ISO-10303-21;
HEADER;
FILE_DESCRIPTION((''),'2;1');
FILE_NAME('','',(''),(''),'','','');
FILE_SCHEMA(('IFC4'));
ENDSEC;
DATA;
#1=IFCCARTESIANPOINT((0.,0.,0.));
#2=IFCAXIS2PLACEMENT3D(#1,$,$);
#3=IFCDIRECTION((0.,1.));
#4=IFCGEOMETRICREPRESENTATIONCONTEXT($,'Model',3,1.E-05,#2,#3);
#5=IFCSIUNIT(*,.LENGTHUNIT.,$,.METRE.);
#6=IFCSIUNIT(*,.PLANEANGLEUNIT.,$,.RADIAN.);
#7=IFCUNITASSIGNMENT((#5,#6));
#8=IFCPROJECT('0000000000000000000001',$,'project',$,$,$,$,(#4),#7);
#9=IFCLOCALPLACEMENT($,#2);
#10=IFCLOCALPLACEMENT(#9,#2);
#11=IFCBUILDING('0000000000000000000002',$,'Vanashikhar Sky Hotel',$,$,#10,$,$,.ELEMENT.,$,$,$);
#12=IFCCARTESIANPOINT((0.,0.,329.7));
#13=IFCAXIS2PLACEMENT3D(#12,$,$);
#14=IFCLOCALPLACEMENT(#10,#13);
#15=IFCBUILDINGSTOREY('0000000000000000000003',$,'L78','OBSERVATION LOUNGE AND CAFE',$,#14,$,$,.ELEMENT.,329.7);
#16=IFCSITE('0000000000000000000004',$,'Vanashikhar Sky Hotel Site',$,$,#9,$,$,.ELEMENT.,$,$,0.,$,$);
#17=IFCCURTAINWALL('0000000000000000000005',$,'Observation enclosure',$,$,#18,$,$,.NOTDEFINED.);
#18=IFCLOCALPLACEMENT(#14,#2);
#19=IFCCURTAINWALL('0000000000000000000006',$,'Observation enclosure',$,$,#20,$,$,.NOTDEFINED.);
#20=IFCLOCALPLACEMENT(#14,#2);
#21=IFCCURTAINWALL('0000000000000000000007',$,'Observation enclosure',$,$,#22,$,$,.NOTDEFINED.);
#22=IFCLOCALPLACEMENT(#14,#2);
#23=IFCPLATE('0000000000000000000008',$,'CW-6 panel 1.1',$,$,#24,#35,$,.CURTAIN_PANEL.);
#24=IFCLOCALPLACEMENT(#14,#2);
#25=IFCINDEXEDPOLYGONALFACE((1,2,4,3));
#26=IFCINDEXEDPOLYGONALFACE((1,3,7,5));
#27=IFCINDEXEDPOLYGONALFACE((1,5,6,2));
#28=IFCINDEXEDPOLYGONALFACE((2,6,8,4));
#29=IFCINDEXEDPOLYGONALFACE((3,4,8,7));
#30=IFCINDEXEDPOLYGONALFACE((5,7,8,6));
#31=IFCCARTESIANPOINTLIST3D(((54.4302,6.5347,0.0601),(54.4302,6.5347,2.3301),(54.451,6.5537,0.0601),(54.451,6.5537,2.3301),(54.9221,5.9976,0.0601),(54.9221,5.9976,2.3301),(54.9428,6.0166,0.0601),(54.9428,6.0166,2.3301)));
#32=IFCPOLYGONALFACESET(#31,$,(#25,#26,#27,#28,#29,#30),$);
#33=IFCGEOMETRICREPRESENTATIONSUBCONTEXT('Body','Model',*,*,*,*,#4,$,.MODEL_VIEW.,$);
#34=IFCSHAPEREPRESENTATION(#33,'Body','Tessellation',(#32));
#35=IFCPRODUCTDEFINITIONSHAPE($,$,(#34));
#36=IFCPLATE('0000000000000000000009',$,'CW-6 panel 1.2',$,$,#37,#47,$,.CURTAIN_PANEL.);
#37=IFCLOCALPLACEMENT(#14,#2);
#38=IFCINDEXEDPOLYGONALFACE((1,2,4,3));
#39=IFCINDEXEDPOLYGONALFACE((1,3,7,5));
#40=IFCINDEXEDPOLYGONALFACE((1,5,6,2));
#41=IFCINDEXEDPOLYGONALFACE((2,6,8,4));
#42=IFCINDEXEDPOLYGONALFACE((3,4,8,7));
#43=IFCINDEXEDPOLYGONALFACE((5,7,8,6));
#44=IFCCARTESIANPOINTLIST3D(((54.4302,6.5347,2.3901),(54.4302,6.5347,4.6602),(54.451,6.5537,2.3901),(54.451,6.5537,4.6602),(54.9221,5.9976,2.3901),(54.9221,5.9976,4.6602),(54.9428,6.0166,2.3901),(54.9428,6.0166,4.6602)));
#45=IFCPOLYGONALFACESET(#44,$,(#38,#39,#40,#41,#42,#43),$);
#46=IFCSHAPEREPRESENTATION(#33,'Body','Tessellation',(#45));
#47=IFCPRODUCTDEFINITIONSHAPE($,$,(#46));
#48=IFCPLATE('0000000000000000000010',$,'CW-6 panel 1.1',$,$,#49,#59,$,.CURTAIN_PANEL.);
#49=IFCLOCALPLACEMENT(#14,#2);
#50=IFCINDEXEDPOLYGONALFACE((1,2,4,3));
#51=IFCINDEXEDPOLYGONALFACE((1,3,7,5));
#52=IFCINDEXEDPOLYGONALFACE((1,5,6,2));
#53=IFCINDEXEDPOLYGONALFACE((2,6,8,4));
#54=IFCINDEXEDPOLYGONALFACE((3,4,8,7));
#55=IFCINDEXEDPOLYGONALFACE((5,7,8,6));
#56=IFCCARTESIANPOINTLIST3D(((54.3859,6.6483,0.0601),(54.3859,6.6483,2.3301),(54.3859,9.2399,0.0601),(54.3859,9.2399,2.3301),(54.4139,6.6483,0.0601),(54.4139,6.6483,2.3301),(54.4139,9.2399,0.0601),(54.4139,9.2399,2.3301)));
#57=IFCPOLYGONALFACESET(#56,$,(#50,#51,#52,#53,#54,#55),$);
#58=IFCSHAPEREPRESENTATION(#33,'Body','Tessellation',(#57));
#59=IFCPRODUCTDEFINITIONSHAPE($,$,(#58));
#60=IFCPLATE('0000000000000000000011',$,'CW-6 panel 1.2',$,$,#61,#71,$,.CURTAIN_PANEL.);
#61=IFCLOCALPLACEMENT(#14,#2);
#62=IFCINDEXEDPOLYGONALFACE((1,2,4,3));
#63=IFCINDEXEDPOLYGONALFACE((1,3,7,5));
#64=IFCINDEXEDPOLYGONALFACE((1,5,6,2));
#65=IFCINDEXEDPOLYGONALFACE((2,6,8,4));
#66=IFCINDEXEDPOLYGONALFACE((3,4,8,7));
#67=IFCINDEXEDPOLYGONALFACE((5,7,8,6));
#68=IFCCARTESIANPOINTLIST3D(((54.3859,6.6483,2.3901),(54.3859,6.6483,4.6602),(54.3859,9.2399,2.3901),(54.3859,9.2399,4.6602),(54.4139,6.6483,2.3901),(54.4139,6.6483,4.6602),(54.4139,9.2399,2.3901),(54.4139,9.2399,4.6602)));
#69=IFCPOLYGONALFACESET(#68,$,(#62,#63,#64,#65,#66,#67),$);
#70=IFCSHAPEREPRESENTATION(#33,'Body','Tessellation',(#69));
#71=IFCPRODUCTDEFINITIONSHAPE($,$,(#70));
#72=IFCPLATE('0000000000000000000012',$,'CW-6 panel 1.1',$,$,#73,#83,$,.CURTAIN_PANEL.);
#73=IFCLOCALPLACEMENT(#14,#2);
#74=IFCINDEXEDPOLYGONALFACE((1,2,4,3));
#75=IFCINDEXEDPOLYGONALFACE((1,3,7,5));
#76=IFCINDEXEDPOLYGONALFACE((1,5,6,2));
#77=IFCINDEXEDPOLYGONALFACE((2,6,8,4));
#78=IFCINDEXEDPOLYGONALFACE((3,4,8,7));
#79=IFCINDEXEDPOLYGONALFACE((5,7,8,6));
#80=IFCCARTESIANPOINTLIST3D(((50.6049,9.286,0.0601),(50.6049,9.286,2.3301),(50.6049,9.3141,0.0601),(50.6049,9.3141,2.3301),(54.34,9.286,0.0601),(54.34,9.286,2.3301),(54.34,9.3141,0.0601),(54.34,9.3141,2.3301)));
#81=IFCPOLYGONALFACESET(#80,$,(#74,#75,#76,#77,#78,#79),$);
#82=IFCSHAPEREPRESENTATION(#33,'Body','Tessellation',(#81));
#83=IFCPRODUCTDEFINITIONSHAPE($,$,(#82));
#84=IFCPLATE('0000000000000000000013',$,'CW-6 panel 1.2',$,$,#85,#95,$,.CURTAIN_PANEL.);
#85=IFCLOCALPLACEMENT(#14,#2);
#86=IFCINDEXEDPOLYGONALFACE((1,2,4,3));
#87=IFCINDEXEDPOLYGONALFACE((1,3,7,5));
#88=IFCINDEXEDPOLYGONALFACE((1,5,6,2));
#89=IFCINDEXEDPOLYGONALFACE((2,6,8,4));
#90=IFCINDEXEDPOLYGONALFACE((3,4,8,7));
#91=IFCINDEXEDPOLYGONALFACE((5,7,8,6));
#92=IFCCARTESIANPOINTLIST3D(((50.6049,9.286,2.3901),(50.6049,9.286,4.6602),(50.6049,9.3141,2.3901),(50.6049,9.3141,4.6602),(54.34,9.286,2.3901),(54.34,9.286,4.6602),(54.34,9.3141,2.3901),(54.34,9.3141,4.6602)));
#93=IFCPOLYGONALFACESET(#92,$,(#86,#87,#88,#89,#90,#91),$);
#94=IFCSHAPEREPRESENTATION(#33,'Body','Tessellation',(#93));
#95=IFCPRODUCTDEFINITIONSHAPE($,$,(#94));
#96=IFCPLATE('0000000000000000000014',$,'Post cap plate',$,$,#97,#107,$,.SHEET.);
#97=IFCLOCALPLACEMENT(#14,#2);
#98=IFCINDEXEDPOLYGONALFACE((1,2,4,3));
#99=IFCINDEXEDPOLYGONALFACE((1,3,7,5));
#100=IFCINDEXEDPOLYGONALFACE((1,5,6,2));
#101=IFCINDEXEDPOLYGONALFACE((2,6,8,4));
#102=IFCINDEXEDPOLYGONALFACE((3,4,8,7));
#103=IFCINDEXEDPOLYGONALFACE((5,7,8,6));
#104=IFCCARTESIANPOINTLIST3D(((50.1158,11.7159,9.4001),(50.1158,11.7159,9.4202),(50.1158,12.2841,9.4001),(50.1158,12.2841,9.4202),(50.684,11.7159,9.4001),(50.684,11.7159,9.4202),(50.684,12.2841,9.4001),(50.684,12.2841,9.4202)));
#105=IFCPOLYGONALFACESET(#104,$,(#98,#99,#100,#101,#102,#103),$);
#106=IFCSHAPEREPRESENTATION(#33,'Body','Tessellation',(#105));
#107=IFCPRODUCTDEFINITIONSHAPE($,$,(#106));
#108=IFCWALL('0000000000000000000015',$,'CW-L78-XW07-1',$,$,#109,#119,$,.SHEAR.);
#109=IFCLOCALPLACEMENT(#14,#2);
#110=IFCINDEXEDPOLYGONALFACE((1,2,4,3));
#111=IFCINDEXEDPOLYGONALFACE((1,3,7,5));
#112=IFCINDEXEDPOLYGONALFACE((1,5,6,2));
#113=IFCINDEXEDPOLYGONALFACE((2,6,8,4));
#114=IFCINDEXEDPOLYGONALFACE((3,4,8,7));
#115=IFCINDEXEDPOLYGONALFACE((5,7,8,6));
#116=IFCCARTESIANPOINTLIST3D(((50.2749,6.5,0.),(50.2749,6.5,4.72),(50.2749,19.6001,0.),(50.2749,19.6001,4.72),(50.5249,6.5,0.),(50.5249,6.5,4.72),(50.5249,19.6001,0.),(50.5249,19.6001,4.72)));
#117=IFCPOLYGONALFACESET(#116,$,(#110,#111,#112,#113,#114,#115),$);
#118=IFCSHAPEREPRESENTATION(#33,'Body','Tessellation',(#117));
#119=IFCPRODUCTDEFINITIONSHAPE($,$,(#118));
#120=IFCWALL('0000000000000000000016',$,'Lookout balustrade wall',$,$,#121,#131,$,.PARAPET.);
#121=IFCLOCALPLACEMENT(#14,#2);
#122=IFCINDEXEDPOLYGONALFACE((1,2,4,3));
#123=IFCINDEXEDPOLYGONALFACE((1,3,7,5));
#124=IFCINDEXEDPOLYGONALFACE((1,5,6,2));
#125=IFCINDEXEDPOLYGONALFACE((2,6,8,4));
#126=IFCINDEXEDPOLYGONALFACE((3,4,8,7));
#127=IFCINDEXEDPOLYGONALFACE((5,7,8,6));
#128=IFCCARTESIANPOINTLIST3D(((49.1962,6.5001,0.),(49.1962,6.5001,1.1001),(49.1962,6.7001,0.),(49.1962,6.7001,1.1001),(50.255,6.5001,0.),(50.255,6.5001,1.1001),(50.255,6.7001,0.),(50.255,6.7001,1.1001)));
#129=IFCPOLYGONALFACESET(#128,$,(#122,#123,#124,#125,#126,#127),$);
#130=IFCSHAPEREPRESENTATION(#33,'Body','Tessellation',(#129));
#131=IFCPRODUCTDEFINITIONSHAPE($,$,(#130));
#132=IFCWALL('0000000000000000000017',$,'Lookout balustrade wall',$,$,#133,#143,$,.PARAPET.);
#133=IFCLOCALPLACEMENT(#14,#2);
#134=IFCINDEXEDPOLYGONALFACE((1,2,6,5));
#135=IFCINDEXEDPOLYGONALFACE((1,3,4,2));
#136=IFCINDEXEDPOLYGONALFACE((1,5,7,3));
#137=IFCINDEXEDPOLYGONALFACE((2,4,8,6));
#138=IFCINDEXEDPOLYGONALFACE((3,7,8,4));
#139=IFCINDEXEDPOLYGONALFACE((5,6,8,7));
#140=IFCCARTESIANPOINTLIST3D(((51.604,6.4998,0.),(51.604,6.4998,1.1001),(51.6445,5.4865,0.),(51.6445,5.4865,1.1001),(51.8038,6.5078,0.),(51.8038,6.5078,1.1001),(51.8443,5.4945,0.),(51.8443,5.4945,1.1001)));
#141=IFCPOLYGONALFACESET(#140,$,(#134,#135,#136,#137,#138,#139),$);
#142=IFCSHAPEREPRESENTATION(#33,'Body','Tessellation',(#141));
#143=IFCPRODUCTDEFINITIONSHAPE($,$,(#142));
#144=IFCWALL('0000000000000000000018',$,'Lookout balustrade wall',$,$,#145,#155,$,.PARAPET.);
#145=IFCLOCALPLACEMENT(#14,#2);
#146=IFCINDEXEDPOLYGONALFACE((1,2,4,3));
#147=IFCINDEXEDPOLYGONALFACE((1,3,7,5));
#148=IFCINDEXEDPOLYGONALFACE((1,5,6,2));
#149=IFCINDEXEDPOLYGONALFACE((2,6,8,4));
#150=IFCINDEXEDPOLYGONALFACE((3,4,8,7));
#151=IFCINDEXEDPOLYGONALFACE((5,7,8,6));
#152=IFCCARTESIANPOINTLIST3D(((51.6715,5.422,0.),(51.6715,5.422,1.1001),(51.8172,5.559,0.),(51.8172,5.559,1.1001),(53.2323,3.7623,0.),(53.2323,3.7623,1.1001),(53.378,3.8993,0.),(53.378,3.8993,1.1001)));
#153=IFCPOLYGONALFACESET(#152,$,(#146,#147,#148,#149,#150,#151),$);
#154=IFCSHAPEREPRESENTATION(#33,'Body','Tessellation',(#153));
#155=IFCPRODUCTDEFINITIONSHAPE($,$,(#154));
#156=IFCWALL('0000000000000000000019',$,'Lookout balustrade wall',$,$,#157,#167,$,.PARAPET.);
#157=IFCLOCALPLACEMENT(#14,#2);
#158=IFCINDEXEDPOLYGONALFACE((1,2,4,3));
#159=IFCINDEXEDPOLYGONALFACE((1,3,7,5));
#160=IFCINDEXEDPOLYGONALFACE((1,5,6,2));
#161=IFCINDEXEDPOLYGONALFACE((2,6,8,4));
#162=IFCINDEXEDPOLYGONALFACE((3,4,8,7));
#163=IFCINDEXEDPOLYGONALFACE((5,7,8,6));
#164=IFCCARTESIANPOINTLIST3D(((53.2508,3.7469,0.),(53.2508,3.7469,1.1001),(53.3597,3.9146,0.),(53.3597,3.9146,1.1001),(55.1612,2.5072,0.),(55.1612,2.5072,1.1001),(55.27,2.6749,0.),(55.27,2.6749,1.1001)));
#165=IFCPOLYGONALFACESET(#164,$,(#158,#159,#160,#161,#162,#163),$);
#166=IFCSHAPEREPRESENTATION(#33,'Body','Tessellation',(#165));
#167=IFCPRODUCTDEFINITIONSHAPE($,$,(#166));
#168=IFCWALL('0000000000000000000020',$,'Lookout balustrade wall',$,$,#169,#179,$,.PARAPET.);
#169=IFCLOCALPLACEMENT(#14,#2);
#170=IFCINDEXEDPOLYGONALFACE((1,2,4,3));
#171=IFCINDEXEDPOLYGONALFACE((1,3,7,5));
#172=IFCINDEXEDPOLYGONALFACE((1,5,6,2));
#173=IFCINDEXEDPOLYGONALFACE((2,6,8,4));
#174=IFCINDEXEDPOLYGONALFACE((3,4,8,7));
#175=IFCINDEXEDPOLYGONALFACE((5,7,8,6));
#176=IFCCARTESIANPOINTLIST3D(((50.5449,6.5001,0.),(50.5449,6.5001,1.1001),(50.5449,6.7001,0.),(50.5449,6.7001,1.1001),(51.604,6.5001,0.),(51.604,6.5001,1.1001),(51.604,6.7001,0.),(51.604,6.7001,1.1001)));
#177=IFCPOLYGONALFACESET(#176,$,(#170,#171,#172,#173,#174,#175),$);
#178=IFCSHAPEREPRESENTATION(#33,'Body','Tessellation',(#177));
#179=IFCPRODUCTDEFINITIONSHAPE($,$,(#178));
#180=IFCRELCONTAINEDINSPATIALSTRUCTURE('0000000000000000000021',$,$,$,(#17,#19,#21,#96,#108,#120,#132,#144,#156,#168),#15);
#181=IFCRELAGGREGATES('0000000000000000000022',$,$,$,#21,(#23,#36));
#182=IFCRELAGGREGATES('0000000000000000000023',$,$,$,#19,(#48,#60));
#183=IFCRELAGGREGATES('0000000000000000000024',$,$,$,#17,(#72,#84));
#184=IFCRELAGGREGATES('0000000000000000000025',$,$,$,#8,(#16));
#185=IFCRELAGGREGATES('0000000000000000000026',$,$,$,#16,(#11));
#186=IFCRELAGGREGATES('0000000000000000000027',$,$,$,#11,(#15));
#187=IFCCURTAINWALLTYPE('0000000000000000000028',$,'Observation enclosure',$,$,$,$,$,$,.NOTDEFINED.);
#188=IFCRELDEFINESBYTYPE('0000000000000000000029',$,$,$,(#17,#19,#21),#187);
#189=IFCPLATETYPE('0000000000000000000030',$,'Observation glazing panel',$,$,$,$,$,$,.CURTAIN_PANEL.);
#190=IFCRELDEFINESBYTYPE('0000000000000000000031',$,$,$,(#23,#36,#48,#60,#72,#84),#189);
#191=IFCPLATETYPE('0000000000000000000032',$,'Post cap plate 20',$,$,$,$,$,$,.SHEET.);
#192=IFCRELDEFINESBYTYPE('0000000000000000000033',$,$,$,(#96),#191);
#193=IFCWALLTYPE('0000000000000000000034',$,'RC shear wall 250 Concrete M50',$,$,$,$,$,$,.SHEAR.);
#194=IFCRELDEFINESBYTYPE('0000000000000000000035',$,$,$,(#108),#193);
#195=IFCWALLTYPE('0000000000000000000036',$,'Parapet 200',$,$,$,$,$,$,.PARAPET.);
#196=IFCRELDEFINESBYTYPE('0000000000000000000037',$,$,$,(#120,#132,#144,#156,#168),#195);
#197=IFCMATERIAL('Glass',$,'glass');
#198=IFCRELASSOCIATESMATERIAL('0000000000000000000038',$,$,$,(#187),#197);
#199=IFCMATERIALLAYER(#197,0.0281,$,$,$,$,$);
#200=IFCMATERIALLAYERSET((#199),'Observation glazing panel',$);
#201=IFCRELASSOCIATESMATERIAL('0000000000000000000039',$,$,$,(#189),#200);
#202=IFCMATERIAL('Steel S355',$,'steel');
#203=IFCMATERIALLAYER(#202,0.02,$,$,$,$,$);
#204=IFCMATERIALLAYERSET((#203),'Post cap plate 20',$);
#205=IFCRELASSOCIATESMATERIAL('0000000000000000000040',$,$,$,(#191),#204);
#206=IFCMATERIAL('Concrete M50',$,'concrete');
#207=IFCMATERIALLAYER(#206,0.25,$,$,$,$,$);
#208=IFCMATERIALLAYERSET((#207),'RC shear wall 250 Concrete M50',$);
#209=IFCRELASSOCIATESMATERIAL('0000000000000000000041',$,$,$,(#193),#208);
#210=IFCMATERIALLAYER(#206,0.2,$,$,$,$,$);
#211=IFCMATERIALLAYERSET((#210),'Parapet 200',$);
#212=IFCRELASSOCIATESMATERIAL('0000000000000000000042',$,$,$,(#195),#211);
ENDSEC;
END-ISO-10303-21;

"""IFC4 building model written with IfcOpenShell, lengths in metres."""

from ifc_helpers import new_model, si_unit, direction, frame, frame_2d, origin, origin_2d, place, context, subcontext, project, spatial, rectangle, extrude, source, transform, mapped, material, layer, layer_set, type_object, element, aggregate, save


model = new_model("IFC4")

# Units and contexts
model_context = context("Model", 3, precision=1e-05, world=origin(), true_north=direction((0.0, 1.0)))
body_context = subcontext(model_context, "Body", "Model", "MODEL_VIEW")
ifc_project = project(units=[si_unit("LENGTHUNIT", "METRE"), si_unit("PLANEANGLEUNIT", "RADIAN")], contexts=[model_context])

# Site, building, storey
site_placement = place(None, origin())
site = spatial("IfcSite", under=ifc_project, at=site_placement, Name="Vanashikhar Sky Hotel Site", CompositionType="ELEMENT", RefElevation=0.0)
building_placement = place(site_placement, origin())
building = spatial("IfcBuilding", under=site, at=building_placement, Name="Vanashikhar Sky Hotel", CompositionType="ELEMENT")
storey_placement = place(building_placement, frame((0.0, 0.0, 329.7)))
storey = spatial("IfcBuildingStorey", under=building, at=storey_placement, Name="L78", Description="OBSERVATION LOUNGE AND CAFE", CompositionType="ELEMENT", Elevation=329.7)

# Shared definitions
ifc_material_1 = material(Name="Steel S355", Category="steel")

# Curtain walls
ifc_material_2 = material(Name="Glass", Category="glass")
curtain_wall_type = type_object("IfcCurtainWallType", Name="Observation enclosure", PredefinedType="NOTDEFINED", material=ifc_material_2)
curtain_wall_1_placement = place(storey_placement, origin())
curtain_wall_1 = element("IfcCurtainWall", 1, at=curtain_wall_1_placement, inside=storey, type_object=curtain_wall_type, Name="Observation enclosure", PredefinedType="NOTDEFINED")
curtain_wall_2_placement = place(storey_placement, origin())
curtain_wall_2 = element("IfcCurtainWall", 2, at=curtain_wall_2_placement, inside=storey, type_object=curtain_wall_type, Name="Observation enclosure", PredefinedType="NOTDEFINED")
curtain_wall_3_placement = place(storey_placement, origin())
curtain_wall_3 = element("IfcCurtainWall", 3, at=curtain_wall_3_placement, inside=storey, type_object=curtain_wall_type, Name="Observation enclosure", PredefinedType="NOTDEFINED")

# Plates
ifc_layer_1 = layer(ifc_material_2, 0.0281)
ifc_layer_set_1 = layer_set([ifc_layer_1], Name="Observation glazing panel")
plate_type_1 = type_object("IfcPlateType", Name="Observation glazing panel", PredefinedType="CURTAIN_PANEL", material=ifc_layer_set_1)
shared_shape_1 = source(origin(), body_context, "Body", "SweptSolid", [
    extrude(rectangle(XDim=0.7283, YDim=0.0281, at=origin_2d()), origin(), (0.0, 0.0, 1.0), 2.27),
])
plate_1_placement = place(storey_placement, frame((54.6865, 6.2756, 0.0601), z_axis=(0.0, 0.0, 1.0), x_axis=(0.675362, -0.737487, 0.0)))
plate_1 = element("IfcPlate", 4, at=plate_1_placement, type_object=plate_type_1, Name="CW-6 panel 1.1", PredefinedType="CURTAIN_PANEL", context=body_context, shape_type="MappedRepresentation", body=[
    mapped(shared_shape_1, transform((0.0, 0.0, 0.0), scale=1.0)),
])
plate_2_placement = place(storey_placement, frame((54.6865, 6.2756, 2.3901), z_axis=(0.0, 0.0, 1.0), x_axis=(0.675362, -0.737487, 0.0)))
plate_2 = element("IfcPlate", 5, at=plate_2_placement, type_object=plate_type_1, Name="CW-6 panel 1.2", PredefinedType="CURTAIN_PANEL", context=body_context, shape_type="MappedRepresentation", body=[
    mapped(shared_shape_1, transform((0.0, 0.0, 0.0), scale=1.0)),
])
aggregate(curtain_wall_3, [plate_1, plate_2])
shared_shape_2 = source(origin(), body_context, "Body", "SweptSolid", [
    extrude(rectangle(XDim=2.5916, YDim=0.0281, at=origin_2d()), origin(), (0.0, 0.0, 1.0), 2.27),
])
plate_3_placement = place(storey_placement, frame((54.3999, 7.9441, 0.0601), z_axis=(0.0, 0.0, 1.0), x_axis=(0.0, -1.0, 0.0)))
plate_3 = element("IfcPlate", 6, at=plate_3_placement, type_object=plate_type_1, Name="CW-6 panel 1.1", PredefinedType="CURTAIN_PANEL", context=body_context, shape_type="MappedRepresentation", body=[
    mapped(shared_shape_2, transform((0.0, 0.0, 0.0), scale=1.0)),
])
plate_4_placement = place(storey_placement, frame((54.3999, 7.9441, 2.3901), z_axis=(0.0, 0.0, 1.0), x_axis=(0.0, -1.0, 0.0)))
plate_4 = element("IfcPlate", 7, at=plate_4_placement, type_object=plate_type_1, Name="CW-6 panel 1.2", PredefinedType="CURTAIN_PANEL", context=body_context, shape_type="MappedRepresentation", body=[
    mapped(shared_shape_2, transform((0.0, 0.0, 0.0), scale=1.0)),
])
aggregate(curtain_wall_2, [plate_3, plate_4])
shared_shape_3 = source(origin(), body_context, "Body", "SweptSolid", [
    extrude(rectangle(XDim=3.7351, YDim=0.0281, at=origin_2d()), origin(), (0.0, 0.0, 1.0), 2.27),
])
plate_5_placement = place(storey_placement, frame((52.4724, 9.3, 0.0601), z_axis=(0.0, 0.0, 1.0), x_axis=(1.0, 0.0, 0.0)))
plate_5 = element("IfcPlate", 8, at=plate_5_placement, type_object=plate_type_1, Name="CW-6 panel 1.1", PredefinedType="CURTAIN_PANEL", context=body_context, shape_type="MappedRepresentation", body=[
    mapped(shared_shape_3, transform((0.0, 0.0, 0.0), scale=1.0)),
])
plate_6_placement = place(storey_placement, frame((52.4724, 9.3, 2.3901), z_axis=(0.0, 0.0, 1.0), x_axis=(1.0, 0.0, 0.0)))
plate_6 = element("IfcPlate", 9, at=plate_6_placement, type_object=plate_type_1, Name="CW-6 panel 1.2", PredefinedType="CURTAIN_PANEL", context=body_context, shape_type="MappedRepresentation", body=[
    mapped(shared_shape_3, transform((0.0, 0.0, 0.0), scale=1.0)),
])
aggregate(curtain_wall_1, [plate_5, plate_6])
ifc_layer_2 = layer(ifc_material_1, 0.02)
ifc_layer_set_2 = layer_set([ifc_layer_2], Name="Post cap plate 20")
plate_type_2 = type_object("IfcPlateType", Name="Post cap plate 20", PredefinedType="SHEET", material=ifc_layer_set_2)
shared_shape_4 = source(origin(), body_context, "Body", "SweptSolid", [
    extrude(rectangle(XDim=0.5681, YDim=0.5681, at=origin_2d()), origin(), (0.0, 0.0, 1.0), 0.02),
])
plate_7_placement = place(storey_placement, frame((50.3999, 12.0, 9.4001), z_axis=(0.0, 0.0, 1.0), x_axis=(1.0, 0.0, 0.0)))
element("IfcPlate", 10, at=plate_7_placement, inside=storey, type_object=plate_type_2, Name="Post cap plate", PredefinedType="SHEET", context=body_context, shape_type="MappedRepresentation", body=[
    mapped(shared_shape_4, transform((0.0, 0.0, 0.0), scale=1.0)),
])

# Walls
ifc_material_3 = material(Name="Concrete M50", Category="concrete")
ifc_layer_3 = layer(ifc_material_3, 0.25)
ifc_layer_set_3 = layer_set([ifc_layer_3], Name="RC shear wall 250 Concrete M50")
wall_type_1 = type_object("IfcWallType", Name="RC shear wall 250 Concrete M50", PredefinedType="SHEAR", material=ifc_layer_set_3)
shared_shape_5 = source(origin(), body_context, "Body", "SweptSolid", [
    extrude(rectangle(XDim=13.1001, YDim=0.25, at=frame_2d((6.55, 0.0))), origin(), (0.0, 0.0, 1.0), 4.72),
])
wall_1_placement = place(storey_placement, frame((50.3999, 6.5, 0.0), z_axis=(0.0, 0.0, 1.0), x_axis=(0.0, 1.0, 0.0)))
element("IfcWall", 11, at=wall_1_placement, inside=storey, type_object=wall_type_1, Name="CW-L78-XW07-1", PredefinedType="SHEAR", context=body_context, shape_type="MappedRepresentation", body=[
    mapped(shared_shape_5, transform((0.0, 0.0, 0.0), scale=1.0)),
])
ifc_layer_4 = layer(ifc_material_3, 0.2)
ifc_layer_set_4 = layer_set([ifc_layer_4], Name="Parapet 200")
wall_type_2 = type_object("IfcWallType", Name="Parapet 200", PredefinedType="PARAPET", material=ifc_layer_set_4)
shared_shape_6 = source(origin(), body_context, "Body", "SweptSolid", [
    extrude(rectangle(XDim=1.0588, YDim=0.2, at=frame_2d((0.5293, 0.0))), origin(), (0.0, 0.0, 1.0), 1.1001),
])
wall_2_placement = place(storey_placement, frame((50.2549, 6.6001, 0.0), z_axis=(0.0, 0.0, 1.0), x_axis=(-1.0, 0.0, 0.0)))
element("IfcWall", 12, at=wall_2_placement, inside=storey, type_object=wall_type_2, Name="Lookout balustrade wall", PredefinedType="PARAPET", context=body_context, shape_type="MappedRepresentation", body=[
    mapped(shared_shape_6, transform((0.0, 0.0, 0.0), scale=1.0)),
])
shared_shape_7 = source(origin(), body_context, "Body", "SweptSolid", [
    extrude(rectangle(XDim=1.0142, YDim=0.2, at=frame_2d((0.5071, 0.0))), origin(), (0.0, 0.0, 1.0), 1.1001),
])
wall_3_placement = place(storey_placement, frame((51.7444, 5.4905, 0.0), z_axis=(0.0, 0.0, 1.0), x_axis=(-0.039958, 0.999201, 0.0)))
element("IfcWall", 13, at=wall_3_placement, inside=storey, type_object=wall_type_2, Name="Lookout balustrade wall", PredefinedType="PARAPET", context=body_context, shape_type="MappedRepresentation", body=[
    mapped(shared_shape_7, transform((0.0, 0.0, 0.0), scale=1.0)),
])
shared_shape_8 = source(origin(), body_context, "Body", "SweptSolid", [
    extrude(rectangle(XDim=2.2783, YDim=0.2, at=frame_2d((1.1392, 0.0))), origin(), (0.0, 0.0, 1.0), 1.1001),
])
wall_4_placement = place(storey_placement, frame((53.3052, 3.8308, 0.0), z_axis=(0.0, 0.0, 1.0), x_axis=(-0.685074, 0.728474, 0.0)))
element("IfcWall", 14, at=wall_4_placement, inside=storey, type_object=wall_type_2, Name="Lookout balustrade wall", PredefinedType="PARAPET", context=body_context, shape_type="MappedRepresentation", body=[
    mapped(shared_shape_8, transform((0.0, 0.0, 0.0), scale=1.0)),
])
shared_shape_9 = source(origin(), body_context, "Body", "SweptSolid", [
    extrude(rectangle(XDim=2.2773, YDim=0.2, at=frame_2d((1.1387, 0.0))), origin(), (0.0, 0.0, 1.0), 1.1001),
])
wall_5_placement = place(storey_placement, frame((55.2156, 2.5911, 0.0), z_axis=(0.0, 0.0, 1.0), x_axis=(-0.838848, 0.544366, 0.0)))
element("IfcWall", 15, at=wall_5_placement, inside=storey, type_object=wall_type_2, Name="Lookout balustrade wall", PredefinedType="PARAPET", context=body_context, shape_type="MappedRepresentation", body=[
    mapped(shared_shape_9, transform((0.0, 0.0, 0.0), scale=1.0)),
])
shared_shape_10 = source(origin(), body_context, "Body", "SweptSolid", [
    extrude(rectangle(XDim=1.0591, YDim=0.2, at=frame_2d((0.5295, 0.0))), origin(), (0.0, 0.0, 1.0), 1.1001),
])
wall_6_placement = place(storey_placement, frame((51.604, 6.6001, 0.0), z_axis=(0.0, 0.0, 1.0), x_axis=(-1.0, 0.0, 0.0)))
element("IfcWall", 16, at=wall_6_placement, inside=storey, type_object=wall_type_2, Name="Lookout balustrade wall", PredefinedType="PARAPET", context=body_context, shape_type="MappedRepresentation", body=[
    mapped(shared_shape_10, transform((0.0, 0.0, 0.0), scale=1.0)),
])

save(model, "model.ifc")
